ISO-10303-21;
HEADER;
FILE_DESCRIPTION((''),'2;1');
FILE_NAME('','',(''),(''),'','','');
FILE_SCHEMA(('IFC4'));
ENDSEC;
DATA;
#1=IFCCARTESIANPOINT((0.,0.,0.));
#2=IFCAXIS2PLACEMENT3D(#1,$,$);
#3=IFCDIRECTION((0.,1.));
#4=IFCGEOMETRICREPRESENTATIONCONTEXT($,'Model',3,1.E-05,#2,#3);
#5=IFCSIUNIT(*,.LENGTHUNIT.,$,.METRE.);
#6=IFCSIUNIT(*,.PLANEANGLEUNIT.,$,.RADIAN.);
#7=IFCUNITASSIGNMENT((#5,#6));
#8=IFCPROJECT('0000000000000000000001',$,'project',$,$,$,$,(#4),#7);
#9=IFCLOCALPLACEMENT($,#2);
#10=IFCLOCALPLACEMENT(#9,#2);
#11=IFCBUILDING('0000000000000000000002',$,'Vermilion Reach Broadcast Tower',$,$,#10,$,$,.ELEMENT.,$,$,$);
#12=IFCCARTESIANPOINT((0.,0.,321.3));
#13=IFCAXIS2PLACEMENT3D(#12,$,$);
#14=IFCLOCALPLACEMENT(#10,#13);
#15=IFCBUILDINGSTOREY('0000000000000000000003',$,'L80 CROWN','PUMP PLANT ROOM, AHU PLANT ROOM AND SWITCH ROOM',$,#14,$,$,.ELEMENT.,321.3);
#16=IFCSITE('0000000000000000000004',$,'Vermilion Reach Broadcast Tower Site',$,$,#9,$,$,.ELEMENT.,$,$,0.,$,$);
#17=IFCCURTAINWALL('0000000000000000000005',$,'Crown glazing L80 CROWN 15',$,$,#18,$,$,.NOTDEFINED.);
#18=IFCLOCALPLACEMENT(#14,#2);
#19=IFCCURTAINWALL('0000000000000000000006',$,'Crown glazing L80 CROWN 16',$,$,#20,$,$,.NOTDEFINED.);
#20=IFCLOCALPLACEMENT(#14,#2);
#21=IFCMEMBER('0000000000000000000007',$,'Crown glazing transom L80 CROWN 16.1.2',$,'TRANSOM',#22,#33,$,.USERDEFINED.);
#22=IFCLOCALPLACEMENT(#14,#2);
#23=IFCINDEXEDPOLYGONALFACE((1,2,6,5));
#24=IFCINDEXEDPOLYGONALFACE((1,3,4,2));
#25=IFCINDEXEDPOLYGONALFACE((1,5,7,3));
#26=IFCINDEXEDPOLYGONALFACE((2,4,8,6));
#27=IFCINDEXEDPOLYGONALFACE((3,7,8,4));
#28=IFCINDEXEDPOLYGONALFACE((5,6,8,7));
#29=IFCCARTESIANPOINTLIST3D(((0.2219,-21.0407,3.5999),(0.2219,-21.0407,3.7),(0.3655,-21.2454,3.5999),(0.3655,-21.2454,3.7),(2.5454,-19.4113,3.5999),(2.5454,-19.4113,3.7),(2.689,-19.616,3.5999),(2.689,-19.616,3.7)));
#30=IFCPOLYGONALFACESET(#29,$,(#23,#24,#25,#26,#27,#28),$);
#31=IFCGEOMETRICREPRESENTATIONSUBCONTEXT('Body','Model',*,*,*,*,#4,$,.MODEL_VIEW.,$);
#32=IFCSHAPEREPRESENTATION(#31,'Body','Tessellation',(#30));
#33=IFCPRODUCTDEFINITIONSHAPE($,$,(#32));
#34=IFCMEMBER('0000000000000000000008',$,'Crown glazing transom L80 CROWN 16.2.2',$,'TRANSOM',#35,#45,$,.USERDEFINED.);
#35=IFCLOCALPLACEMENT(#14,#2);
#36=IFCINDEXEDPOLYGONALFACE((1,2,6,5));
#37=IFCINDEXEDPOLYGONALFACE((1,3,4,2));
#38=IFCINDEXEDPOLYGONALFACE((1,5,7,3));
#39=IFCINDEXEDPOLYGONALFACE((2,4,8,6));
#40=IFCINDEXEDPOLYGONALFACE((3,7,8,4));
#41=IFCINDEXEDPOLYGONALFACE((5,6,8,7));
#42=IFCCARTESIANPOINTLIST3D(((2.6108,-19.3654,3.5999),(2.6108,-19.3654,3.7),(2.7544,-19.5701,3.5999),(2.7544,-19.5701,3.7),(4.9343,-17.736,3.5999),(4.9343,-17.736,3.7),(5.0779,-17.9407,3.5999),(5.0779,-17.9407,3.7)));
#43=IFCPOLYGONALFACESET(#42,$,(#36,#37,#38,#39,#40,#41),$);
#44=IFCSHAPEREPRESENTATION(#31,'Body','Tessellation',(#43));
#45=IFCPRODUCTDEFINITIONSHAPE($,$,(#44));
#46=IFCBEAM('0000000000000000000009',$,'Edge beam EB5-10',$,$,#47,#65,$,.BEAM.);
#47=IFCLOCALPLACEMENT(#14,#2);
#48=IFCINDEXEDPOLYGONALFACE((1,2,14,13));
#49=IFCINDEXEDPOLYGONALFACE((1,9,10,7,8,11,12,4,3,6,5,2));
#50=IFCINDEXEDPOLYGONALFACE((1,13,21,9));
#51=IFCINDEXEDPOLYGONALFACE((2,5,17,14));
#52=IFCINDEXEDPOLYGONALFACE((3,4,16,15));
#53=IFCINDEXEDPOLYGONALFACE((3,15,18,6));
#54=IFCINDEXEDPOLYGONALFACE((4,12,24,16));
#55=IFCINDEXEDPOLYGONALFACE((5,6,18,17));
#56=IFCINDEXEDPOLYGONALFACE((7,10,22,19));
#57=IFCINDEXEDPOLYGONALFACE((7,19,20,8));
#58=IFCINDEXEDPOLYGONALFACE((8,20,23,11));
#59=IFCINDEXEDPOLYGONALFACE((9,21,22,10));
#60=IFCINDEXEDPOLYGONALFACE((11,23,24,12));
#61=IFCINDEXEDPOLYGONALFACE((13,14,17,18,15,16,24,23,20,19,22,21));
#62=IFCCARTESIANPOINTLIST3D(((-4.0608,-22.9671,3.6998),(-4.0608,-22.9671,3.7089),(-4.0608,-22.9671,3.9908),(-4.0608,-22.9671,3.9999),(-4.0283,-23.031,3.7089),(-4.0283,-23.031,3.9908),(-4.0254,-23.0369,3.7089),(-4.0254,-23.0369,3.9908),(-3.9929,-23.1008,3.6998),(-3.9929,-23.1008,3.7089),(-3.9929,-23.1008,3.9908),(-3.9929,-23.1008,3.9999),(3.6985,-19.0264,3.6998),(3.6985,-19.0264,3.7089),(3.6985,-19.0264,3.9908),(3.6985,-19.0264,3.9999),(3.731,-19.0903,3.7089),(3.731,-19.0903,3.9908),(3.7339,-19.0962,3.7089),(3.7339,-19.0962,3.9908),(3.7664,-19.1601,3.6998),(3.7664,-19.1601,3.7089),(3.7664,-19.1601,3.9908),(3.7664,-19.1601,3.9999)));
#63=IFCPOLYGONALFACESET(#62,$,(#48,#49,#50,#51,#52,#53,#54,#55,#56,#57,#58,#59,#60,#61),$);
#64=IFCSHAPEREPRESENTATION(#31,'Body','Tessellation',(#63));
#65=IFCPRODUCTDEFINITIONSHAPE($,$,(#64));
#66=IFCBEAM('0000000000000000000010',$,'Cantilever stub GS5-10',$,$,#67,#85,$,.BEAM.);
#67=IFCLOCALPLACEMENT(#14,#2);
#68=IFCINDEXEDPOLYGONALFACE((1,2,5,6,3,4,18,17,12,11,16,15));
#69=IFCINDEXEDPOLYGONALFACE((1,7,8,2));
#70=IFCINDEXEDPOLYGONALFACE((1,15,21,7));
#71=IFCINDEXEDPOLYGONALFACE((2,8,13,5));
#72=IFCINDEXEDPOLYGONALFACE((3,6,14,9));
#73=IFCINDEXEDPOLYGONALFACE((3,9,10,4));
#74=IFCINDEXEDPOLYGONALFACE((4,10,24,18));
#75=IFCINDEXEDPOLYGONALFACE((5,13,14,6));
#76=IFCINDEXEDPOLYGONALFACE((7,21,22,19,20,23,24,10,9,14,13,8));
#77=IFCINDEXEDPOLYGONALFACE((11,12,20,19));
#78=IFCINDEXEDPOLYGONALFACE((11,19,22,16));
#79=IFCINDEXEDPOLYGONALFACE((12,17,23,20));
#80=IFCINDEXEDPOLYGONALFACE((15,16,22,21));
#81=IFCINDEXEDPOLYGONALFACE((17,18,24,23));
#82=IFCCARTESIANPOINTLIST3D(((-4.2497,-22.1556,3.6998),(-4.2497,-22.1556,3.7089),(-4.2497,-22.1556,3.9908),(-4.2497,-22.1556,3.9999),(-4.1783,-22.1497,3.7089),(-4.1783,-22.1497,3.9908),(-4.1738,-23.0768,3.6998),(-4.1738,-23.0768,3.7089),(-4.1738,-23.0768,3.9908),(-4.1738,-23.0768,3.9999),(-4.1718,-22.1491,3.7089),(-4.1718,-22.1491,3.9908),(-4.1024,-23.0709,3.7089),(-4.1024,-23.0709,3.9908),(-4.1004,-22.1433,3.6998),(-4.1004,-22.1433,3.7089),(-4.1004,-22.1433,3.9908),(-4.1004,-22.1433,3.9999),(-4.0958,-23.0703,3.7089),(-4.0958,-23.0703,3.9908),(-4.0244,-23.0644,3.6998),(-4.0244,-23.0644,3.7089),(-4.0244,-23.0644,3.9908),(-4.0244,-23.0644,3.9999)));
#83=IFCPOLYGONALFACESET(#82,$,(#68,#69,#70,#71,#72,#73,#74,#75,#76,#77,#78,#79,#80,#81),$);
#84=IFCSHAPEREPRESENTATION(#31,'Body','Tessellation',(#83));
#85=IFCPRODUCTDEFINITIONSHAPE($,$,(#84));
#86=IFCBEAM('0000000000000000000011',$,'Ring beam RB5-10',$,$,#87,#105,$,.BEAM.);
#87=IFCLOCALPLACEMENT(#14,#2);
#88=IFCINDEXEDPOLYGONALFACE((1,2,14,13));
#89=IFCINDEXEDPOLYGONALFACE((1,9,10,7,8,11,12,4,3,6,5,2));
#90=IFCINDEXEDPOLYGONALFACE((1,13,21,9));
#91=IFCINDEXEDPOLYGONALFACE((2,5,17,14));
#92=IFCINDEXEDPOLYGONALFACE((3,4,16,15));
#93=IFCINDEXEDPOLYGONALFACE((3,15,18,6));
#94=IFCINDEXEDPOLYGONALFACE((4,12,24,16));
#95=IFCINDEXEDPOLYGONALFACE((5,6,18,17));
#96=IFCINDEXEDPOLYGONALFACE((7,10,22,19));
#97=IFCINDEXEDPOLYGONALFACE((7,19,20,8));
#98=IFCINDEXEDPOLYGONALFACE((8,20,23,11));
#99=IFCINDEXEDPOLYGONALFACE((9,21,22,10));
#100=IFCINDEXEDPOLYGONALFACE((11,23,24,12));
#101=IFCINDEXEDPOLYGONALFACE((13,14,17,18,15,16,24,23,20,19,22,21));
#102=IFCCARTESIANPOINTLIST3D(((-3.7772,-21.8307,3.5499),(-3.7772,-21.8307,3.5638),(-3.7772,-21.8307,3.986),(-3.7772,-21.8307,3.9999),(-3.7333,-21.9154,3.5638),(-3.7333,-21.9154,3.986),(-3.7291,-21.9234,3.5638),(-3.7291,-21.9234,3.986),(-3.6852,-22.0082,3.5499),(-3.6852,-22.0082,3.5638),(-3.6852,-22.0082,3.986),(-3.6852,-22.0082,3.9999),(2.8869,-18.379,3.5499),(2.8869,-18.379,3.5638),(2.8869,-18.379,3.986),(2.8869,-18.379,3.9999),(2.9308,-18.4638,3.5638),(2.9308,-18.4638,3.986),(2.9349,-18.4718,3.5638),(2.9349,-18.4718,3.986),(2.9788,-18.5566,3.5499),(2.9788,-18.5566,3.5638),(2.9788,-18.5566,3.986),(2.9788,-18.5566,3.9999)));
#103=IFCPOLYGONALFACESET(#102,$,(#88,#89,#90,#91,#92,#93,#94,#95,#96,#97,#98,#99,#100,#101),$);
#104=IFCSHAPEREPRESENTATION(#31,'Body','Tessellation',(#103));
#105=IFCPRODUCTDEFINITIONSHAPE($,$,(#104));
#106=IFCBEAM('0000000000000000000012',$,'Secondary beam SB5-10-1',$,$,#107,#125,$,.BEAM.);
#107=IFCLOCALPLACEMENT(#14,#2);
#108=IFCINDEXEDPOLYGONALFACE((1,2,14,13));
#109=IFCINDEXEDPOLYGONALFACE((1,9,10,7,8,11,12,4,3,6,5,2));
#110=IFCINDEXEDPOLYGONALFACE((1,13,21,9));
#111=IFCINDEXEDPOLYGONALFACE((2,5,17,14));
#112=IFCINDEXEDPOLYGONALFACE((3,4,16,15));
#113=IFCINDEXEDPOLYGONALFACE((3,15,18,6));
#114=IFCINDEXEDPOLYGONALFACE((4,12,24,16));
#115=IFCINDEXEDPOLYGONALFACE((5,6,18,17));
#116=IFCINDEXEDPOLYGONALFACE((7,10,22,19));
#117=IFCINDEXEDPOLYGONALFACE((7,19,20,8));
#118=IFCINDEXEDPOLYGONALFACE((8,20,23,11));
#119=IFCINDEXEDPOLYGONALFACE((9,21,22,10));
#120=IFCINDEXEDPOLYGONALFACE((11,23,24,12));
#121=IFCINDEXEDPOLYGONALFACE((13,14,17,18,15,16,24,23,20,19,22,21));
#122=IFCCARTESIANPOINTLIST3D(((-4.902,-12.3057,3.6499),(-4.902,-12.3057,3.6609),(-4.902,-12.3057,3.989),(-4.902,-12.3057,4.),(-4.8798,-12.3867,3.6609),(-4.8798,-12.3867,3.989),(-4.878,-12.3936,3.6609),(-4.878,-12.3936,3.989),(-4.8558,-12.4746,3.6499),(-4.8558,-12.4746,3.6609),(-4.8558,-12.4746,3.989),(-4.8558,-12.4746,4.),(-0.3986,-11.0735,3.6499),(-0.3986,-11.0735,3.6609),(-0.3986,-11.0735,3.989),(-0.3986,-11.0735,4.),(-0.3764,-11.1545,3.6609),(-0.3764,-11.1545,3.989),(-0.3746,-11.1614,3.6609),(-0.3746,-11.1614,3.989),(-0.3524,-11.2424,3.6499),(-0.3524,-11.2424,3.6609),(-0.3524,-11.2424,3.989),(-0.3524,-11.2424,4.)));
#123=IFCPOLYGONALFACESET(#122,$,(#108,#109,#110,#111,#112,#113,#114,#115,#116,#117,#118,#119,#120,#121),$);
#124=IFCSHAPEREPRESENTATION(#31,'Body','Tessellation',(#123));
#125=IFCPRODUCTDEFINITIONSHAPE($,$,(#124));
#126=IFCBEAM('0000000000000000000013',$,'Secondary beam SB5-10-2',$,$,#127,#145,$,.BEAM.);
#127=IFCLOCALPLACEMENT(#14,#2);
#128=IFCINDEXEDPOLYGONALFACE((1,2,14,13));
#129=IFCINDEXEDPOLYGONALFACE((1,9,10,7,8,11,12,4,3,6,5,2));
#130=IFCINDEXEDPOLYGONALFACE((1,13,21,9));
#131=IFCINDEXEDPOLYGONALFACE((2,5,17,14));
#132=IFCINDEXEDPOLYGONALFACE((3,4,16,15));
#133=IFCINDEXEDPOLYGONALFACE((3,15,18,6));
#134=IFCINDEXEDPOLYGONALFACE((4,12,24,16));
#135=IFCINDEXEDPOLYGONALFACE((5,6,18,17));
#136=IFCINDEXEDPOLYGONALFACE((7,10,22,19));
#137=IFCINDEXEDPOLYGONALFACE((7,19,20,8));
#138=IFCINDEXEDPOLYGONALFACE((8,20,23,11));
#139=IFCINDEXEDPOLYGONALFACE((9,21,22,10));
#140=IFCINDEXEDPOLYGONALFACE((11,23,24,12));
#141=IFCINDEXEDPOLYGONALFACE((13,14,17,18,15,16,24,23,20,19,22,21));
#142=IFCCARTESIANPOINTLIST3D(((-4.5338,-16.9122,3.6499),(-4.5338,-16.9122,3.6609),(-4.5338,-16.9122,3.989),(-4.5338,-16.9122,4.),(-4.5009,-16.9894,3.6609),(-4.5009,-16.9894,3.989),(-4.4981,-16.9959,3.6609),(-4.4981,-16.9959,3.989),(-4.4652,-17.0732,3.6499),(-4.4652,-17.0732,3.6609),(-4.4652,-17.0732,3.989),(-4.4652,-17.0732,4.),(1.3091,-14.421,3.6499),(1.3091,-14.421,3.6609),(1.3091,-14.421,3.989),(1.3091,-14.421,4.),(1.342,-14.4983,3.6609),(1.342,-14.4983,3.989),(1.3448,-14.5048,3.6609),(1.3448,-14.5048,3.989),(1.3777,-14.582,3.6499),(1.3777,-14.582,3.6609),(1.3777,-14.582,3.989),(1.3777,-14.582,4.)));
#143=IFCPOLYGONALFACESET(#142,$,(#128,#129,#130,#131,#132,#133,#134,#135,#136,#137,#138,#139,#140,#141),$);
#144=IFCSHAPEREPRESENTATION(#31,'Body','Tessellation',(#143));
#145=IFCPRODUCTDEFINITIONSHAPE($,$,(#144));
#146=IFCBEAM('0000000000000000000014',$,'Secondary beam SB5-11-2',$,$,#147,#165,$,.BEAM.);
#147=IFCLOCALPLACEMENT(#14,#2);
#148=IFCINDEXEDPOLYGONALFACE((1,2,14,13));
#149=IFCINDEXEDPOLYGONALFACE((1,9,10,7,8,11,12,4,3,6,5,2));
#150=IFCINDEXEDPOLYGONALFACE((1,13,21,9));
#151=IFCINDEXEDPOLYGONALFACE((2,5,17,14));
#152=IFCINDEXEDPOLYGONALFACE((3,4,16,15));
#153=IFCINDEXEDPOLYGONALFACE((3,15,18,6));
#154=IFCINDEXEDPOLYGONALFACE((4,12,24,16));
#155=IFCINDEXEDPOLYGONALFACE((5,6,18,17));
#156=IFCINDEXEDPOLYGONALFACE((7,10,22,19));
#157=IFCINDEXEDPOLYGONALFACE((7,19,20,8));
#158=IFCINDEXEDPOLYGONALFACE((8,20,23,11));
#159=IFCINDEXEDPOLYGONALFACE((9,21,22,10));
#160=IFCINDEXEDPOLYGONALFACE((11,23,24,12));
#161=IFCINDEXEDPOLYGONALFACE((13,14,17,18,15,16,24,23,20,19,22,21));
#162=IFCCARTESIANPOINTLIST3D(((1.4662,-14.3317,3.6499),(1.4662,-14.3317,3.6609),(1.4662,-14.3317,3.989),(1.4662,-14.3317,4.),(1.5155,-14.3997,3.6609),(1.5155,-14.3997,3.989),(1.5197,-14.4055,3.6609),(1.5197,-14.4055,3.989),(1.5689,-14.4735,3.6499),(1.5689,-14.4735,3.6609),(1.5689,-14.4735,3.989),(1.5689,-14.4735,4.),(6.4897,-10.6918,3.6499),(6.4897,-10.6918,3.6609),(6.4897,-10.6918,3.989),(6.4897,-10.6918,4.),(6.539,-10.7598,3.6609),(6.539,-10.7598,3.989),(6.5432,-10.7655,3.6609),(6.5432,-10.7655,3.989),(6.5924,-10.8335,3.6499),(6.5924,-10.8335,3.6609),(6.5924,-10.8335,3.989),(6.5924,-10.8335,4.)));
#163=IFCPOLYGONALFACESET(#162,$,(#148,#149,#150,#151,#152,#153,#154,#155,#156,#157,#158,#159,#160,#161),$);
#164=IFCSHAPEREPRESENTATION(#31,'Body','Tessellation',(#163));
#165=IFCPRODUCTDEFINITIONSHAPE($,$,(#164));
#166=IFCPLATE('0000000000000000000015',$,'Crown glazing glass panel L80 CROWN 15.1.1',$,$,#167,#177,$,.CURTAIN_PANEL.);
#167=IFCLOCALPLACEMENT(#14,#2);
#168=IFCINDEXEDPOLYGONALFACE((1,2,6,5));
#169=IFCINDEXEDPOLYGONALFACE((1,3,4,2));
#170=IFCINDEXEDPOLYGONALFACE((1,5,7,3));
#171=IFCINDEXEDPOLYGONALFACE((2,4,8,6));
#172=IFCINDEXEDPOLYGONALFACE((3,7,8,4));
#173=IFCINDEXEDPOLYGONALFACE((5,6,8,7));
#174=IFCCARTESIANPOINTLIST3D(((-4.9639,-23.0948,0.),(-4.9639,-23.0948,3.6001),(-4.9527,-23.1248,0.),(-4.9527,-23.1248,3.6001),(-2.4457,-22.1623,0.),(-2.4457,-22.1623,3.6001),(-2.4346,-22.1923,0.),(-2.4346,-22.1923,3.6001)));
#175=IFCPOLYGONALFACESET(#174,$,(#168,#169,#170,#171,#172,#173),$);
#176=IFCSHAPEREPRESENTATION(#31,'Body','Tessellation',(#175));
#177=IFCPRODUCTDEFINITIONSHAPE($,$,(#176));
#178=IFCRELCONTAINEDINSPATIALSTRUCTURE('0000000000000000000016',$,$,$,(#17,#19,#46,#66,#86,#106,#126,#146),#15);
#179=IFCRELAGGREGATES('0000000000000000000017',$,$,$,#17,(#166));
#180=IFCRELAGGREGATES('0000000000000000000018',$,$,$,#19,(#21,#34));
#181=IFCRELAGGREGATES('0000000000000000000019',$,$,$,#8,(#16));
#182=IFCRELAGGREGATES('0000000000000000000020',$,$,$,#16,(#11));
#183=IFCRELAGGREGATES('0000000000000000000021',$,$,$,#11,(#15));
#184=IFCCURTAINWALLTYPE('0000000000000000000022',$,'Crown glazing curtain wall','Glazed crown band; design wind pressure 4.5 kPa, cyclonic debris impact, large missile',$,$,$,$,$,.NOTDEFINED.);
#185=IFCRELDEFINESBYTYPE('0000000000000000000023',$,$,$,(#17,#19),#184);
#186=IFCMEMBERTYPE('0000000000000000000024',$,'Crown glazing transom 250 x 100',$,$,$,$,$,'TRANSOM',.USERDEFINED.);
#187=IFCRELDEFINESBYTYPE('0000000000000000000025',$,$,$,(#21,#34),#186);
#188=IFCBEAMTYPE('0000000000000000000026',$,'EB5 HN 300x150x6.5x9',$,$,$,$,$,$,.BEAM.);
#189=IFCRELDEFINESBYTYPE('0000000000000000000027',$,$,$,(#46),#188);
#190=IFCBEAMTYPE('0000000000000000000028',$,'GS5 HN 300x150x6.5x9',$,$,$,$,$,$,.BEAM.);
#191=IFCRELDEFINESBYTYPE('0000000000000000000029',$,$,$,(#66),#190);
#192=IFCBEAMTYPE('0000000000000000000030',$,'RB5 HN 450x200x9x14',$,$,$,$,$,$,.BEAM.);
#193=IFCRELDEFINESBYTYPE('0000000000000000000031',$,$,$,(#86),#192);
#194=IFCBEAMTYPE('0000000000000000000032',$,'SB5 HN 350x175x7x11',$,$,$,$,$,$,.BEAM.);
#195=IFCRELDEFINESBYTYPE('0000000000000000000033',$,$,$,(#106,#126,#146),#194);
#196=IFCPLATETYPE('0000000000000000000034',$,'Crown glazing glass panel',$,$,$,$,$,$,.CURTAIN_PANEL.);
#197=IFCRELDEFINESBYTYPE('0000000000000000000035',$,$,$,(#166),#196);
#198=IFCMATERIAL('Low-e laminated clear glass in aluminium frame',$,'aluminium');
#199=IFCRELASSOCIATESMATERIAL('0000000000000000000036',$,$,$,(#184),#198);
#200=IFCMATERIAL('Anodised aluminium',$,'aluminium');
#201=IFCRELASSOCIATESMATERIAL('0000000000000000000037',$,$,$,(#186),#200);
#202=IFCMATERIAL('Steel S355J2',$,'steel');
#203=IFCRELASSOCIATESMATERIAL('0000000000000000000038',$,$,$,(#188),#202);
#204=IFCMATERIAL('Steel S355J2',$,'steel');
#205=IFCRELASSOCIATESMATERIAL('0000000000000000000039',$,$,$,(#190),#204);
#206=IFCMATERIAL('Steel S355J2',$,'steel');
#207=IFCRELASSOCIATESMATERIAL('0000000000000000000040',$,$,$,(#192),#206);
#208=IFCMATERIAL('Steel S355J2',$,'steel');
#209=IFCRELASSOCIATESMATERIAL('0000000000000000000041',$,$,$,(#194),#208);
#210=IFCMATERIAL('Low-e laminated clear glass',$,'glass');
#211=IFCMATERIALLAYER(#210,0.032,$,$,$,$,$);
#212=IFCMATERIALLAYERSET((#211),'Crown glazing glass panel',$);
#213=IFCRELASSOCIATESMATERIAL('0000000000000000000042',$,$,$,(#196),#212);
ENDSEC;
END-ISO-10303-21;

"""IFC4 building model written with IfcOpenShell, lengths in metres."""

from ifc_helpers import new_model, si_unit, direction, frame, origin, origin_2d, place, context, subcontext, project, spatial, rectangle, i_section, extrude, material, layer, layer_set, material_profile, profile_set, type_object, element, aggregate, save


model = new_model("IFC4")

# Units and contexts
model_context = context("Model", 3, precision=1e-05, world=origin(), true_north=direction((0.0, 1.0)))
body_context = subcontext(model_context, "Body", "Model", "MODEL_VIEW")
ifc_project = project(units=[si_unit("LENGTHUNIT", "METRE"), si_unit("PLANEANGLEUNIT", "RADIAN")], contexts=[model_context])

# Site, building, storey
site_placement = place(None, origin())
site = spatial("IfcSite", under=ifc_project, at=site_placement, Name="Vermilion Reach Broadcast Tower Site", CompositionType="ELEMENT", RefElevation=0.0)
building_placement = place(site_placement, origin())
building = spatial("IfcBuilding", under=site, at=building_placement, Name="Vermilion Reach Broadcast Tower", CompositionType="ELEMENT")
storey_placement = place(building_placement, frame((0.0, 0.0, 321.3)))
storey = spatial("IfcBuildingStorey", under=building, at=storey_placement, Name="L80 CROWN", Description="PUMP PLANT ROOM, AHU PLANT ROOM AND SWITCH ROOM", CompositionType="ELEMENT", Elevation=321.3)

# Shared definitions
ifc_material_1 = material(Name="Low-e laminated clear glass in aluminium frame", Category="aluminium")
curtain_wall_type = type_object("IfcCurtainWallType", Name="Crown glazing curtain wall", Description="Glazed crown band; design wind pressure 4.5 kPa, cyclonic debris impact, large missile", PredefinedType="NOTDEFINED", material=ifc_material_1)
placement = place(storey_placement, origin())

# Curtain walls
curtain_wall_1 = element("IfcCurtainWall", 1, at=placement, inside=storey, type_object=curtain_wall_type, Name="Crown glazing L80 CROWN 15", PredefinedType="NOTDEFINED")
curtain_wall_2 = element("IfcCurtainWall", 2, at=placement, inside=storey, type_object=curtain_wall_type, Name="Crown glazing L80 CROWN 16", PredefinedType="NOTDEFINED")

# Members
ifc_material_2 = material(Name="Anodised aluminium", Category="aluminium")
ifc_material_profile_1 = material_profile(ifc_material_2, rectangle(XDim=0.25, YDim=0.1001, at=origin_2d()), Name="Crown glazing transom 250 x 100")
ifc_profile_set_1 = profile_set([ifc_material_profile_1], Name="Anodised aluminium")
member_type_1 = type_object("IfcMemberType", Name="Crown glazing transom 250 x 100", ElementType="TRANSOM", PredefinedType="USERDEFINED", material=ifc_profile_set_1)
member_1_placement = place(storey_placement, frame((0.2937, -21.1431, 3.6499), z_axis=(0.818743, 0.574161, 0.0), x_axis=(-0.574161, 0.818743, 0.0)))
member_1 = element("IfcMember", 3, at=member_1_placement, type_object=member_type_1, Name="Crown glazing transom L80 CROWN 16.1.2", ObjectType="TRANSOM", PredefinedType="USERDEFINED", context=body_context, shape_type="SweptSolid", body=[
    extrude(rectangle(XDim=0.25, YDim=0.1001, at=origin_2d()), origin(), (0.0, 0.0, 1.0), 2.8379),
])
member_2_placement = place(storey_placement, frame((2.6826, -19.4678, 3.6499), z_axis=(0.818743, 0.574161, 0.0), x_axis=(-0.574161, 0.818743, 0.0)))
member_2 = element("IfcMember", 4, at=member_2_placement, type_object=member_type_1, Name="Crown glazing transom L80 CROWN 16.2.2", ObjectType="TRANSOM", PredefinedType="USERDEFINED", context=body_context, shape_type="SweptSolid", body=[
    extrude(rectangle(XDim=0.25, YDim=0.1001, at=origin_2d()), origin(), (0.0, 0.0, 1.0), 2.8379),
])

# Beams
ifc_material_3 = material(Name="Steel S355J2", Category="steel")
ifc_material_profile_2 = material_profile(ifc_material_3, i_section(OverallWidth=0.1499, OverallDepth=0.3, WebThickness=0.0066, FlangeThickness=0.009, at=origin_2d()), Name="S355J2 HN 300x150x6.5x9")
ifc_profile_set_2 = profile_set([ifc_material_profile_2], Name="Steel S355J2")
beam_type_1 = type_object("IfcBeamType", Name="EB5 HN 300x150x6.5x9", PredefinedType="BEAM", material=ifc_profile_set_2)
beam_1_placement = place(storey_placement, frame((-4.0269, -23.0339, 3.8499), z_axis=(0.891604, 0.452816, 0.0), x_axis=(-0.452816, 0.891604, 0.0)))
element("IfcBeam", 5, at=beam_1_placement, inside=storey, type_object=beam_type_1, Name="Edge beam EB5-10", PredefinedType="BEAM", context=body_context, shape_type="SweptSolid", body=[
    extrude(i_section(OverallWidth=0.1499, OverallDepth=0.3, WebThickness=0.0066, FlangeThickness=0.009, at=origin_2d()), origin(), (0.0, 0.0, 1.0), 8.7026),
])
ifc_material_4 = material(Name="Steel S355J2", Category="steel")
ifc_material_profile_3 = material_profile(ifc_material_4, i_section(OverallWidth=0.1499, OverallDepth=0.3, WebThickness=0.0066, FlangeThickness=0.009, at=origin_2d()), Name="S355J2 HN 300x150x6.5x9")
ifc_profile_set_3 = profile_set([ifc_material_profile_3], Name="Steel S355J2")
beam_type_2 = type_object("IfcBeamType", Name="GS5 HN 300x150x6.5x9", PredefinedType="BEAM", material=ifc_profile_set_3)
beam_2_placement = place(storey_placement, frame((-4.175, -22.1494, 3.8499), z_axis=(0.082149, -0.99662, 0.0), x_axis=(0.99662, 0.082149, 0.0)))
element("IfcBeam", 6, at=beam_2_placement, inside=storey, type_object=beam_type_2, Name="Cantilever stub GS5-10", PredefinedType="BEAM", context=body_context, shape_type="SweptSolid", body=[
    extrude(i_section(OverallWidth=0.1499, OverallDepth=0.3, WebThickness=0.0066, FlangeThickness=0.009, at=origin_2d()), origin(), (0.0, 0.0, 1.0), 0.9243),
])
ifc_material_5 = material(Name="Steel S355J2", Category="steel")
ifc_material_profile_4 = material_profile(ifc_material_5, i_section(OverallWidth=0.2, OverallDepth=0.45, WebThickness=0.009, FlangeThickness=0.0139, at=origin_2d()), Name="S355J2 HN 450x200x9x14")
ifc_profile_set_4 = profile_set([ifc_material_profile_4], Name="Steel S355J2")
beam_type_3 = type_object("IfcBeamType", Name="RB5 HN 450x200x9x14", PredefinedType="BEAM", material=ifc_profile_set_4)
beam_3_placement = place(storey_placement, frame((-3.7312, -21.9194, 3.7749), z_axis=(0.88796, 0.45992, 0.0), x_axis=(-0.45992, 0.88796, 0.0)))
element("IfcBeam", 7, at=beam_3_placement, inside=storey, type_object=beam_type_3, Name="Ring beam RB5-10", PredefinedType="BEAM", context=body_context, shape_type="SweptSolid", body=[
    extrude(i_section(OverallWidth=0.2, OverallDepth=0.45, WebThickness=0.009, FlangeThickness=0.0139, at=origin_2d()), origin(), (0.0, 0.0, 1.0), 7.5049),
])
ifc_material_6 = material(Name="Steel S355J2", Category="steel")
ifc_material_profile_5 = material_profile(ifc_material_6, i_section(OverallWidth=0.175, OverallDepth=0.3501, WebThickness=0.0071, FlangeThickness=0.011, at=origin_2d()), Name="S355J2 HN 350x175x7x11")
ifc_profile_set_5 = profile_set([ifc_material_profile_5], Name="Steel S355J2")
beam_type_4 = type_object("IfcBeamType", Name="SB5 HN 350x175x7x11", PredefinedType="BEAM", material=ifc_profile_set_5)
beam_4_placement = place(storey_placement, frame((-4.8789, -12.3901, 3.825), z_axis=(0.964547, 0.263909, 0.0), x_axis=(-0.263909, 0.964547, 0.0)))
element("IfcBeam", 8, at=beam_4_placement, inside=storey, type_object=beam_type_4, Name="Secondary beam SB5-10-1", PredefinedType="BEAM", context=body_context, shape_type="SweptSolid", body=[
    extrude(i_section(OverallWidth=0.175, OverallDepth=0.3501, WebThickness=0.0071, FlangeThickness=0.011, at=origin_2d()), origin(), (0.0, 0.0, 1.0), 4.6689),
])
beam_5_placement = place(storey_placement, frame((-4.4995, -16.9927, 3.825), z_axis=(0.919881, 0.392198, 0.0), x_axis=(-0.392198, 0.919881, 0.0)))
element("IfcBeam", 9, at=beam_5_placement, inside=storey, type_object=beam_type_4, Name="Secondary beam SB5-10-2", PredefinedType="BEAM", context=body_context, shape_type="SweptSolid", body=[
    extrude(i_section(OverallWidth=0.175, OverallDepth=0.3501, WebThickness=0.0071, FlangeThickness=0.011, at=origin_2d()), origin(), (0.0, 0.0, 1.0), 6.3518),
])
beam_6_placement = place(storey_placement, frame((1.5176, -14.4026, 3.825), z_axis=(0.809771, 0.586746, 0.0), x_axis=(-0.586746, 0.809771, 0.0)))
element("IfcBeam", 10, at=beam_6_placement, inside=storey, type_object=beam_type_4, Name="Secondary beam SB5-11-2", PredefinedType="BEAM", context=body_context, shape_type="SweptSolid", body=[
    extrude(i_section(OverallWidth=0.175, OverallDepth=0.3501, WebThickness=0.0071, FlangeThickness=0.011, at=origin_2d()), origin(), (0.0, 0.0, 1.0), 6.2036),
])

# Plate
ifc_material_7 = material(Name="Low-e laminated clear glass", Category="glass")
ifc_layer_1 = layer(ifc_material_7, 0.032)
ifc_layer_set_1 = layer_set([ifc_layer_1], Name="Crown glazing glass panel")
plate_type = type_object("IfcPlateType", Name="Crown glazing glass panel", PredefinedType="CURTAIN_PANEL", material=ifc_layer_set_1)
plate_1_placement = place(storey_placement, frame((-3.6992, -22.6436, 0.0), z_axis=(0.0, 0.0, 1.0), x_axis=(0.937757, 0.347291, 0.0)))
plate_1 = element("IfcPlate", 11, at=plate_1_placement, type_object=plate_type, Name="Crown glazing glass panel L80 CROWN 15.1.1", PredefinedType="CURTAIN_PANEL", context=body_context, shape_type="SweptSolid", body=[
    extrude(rectangle(XDim=2.6853, YDim=0.032, at=origin_2d()), origin(), (0.0, 0.0, 1.0), 3.6001),
])
aggregate(curtain_wall_1, [plate_1])
aggregate(curtain_wall_2, [member_1, member_2])

save(model, "model.ifc")
